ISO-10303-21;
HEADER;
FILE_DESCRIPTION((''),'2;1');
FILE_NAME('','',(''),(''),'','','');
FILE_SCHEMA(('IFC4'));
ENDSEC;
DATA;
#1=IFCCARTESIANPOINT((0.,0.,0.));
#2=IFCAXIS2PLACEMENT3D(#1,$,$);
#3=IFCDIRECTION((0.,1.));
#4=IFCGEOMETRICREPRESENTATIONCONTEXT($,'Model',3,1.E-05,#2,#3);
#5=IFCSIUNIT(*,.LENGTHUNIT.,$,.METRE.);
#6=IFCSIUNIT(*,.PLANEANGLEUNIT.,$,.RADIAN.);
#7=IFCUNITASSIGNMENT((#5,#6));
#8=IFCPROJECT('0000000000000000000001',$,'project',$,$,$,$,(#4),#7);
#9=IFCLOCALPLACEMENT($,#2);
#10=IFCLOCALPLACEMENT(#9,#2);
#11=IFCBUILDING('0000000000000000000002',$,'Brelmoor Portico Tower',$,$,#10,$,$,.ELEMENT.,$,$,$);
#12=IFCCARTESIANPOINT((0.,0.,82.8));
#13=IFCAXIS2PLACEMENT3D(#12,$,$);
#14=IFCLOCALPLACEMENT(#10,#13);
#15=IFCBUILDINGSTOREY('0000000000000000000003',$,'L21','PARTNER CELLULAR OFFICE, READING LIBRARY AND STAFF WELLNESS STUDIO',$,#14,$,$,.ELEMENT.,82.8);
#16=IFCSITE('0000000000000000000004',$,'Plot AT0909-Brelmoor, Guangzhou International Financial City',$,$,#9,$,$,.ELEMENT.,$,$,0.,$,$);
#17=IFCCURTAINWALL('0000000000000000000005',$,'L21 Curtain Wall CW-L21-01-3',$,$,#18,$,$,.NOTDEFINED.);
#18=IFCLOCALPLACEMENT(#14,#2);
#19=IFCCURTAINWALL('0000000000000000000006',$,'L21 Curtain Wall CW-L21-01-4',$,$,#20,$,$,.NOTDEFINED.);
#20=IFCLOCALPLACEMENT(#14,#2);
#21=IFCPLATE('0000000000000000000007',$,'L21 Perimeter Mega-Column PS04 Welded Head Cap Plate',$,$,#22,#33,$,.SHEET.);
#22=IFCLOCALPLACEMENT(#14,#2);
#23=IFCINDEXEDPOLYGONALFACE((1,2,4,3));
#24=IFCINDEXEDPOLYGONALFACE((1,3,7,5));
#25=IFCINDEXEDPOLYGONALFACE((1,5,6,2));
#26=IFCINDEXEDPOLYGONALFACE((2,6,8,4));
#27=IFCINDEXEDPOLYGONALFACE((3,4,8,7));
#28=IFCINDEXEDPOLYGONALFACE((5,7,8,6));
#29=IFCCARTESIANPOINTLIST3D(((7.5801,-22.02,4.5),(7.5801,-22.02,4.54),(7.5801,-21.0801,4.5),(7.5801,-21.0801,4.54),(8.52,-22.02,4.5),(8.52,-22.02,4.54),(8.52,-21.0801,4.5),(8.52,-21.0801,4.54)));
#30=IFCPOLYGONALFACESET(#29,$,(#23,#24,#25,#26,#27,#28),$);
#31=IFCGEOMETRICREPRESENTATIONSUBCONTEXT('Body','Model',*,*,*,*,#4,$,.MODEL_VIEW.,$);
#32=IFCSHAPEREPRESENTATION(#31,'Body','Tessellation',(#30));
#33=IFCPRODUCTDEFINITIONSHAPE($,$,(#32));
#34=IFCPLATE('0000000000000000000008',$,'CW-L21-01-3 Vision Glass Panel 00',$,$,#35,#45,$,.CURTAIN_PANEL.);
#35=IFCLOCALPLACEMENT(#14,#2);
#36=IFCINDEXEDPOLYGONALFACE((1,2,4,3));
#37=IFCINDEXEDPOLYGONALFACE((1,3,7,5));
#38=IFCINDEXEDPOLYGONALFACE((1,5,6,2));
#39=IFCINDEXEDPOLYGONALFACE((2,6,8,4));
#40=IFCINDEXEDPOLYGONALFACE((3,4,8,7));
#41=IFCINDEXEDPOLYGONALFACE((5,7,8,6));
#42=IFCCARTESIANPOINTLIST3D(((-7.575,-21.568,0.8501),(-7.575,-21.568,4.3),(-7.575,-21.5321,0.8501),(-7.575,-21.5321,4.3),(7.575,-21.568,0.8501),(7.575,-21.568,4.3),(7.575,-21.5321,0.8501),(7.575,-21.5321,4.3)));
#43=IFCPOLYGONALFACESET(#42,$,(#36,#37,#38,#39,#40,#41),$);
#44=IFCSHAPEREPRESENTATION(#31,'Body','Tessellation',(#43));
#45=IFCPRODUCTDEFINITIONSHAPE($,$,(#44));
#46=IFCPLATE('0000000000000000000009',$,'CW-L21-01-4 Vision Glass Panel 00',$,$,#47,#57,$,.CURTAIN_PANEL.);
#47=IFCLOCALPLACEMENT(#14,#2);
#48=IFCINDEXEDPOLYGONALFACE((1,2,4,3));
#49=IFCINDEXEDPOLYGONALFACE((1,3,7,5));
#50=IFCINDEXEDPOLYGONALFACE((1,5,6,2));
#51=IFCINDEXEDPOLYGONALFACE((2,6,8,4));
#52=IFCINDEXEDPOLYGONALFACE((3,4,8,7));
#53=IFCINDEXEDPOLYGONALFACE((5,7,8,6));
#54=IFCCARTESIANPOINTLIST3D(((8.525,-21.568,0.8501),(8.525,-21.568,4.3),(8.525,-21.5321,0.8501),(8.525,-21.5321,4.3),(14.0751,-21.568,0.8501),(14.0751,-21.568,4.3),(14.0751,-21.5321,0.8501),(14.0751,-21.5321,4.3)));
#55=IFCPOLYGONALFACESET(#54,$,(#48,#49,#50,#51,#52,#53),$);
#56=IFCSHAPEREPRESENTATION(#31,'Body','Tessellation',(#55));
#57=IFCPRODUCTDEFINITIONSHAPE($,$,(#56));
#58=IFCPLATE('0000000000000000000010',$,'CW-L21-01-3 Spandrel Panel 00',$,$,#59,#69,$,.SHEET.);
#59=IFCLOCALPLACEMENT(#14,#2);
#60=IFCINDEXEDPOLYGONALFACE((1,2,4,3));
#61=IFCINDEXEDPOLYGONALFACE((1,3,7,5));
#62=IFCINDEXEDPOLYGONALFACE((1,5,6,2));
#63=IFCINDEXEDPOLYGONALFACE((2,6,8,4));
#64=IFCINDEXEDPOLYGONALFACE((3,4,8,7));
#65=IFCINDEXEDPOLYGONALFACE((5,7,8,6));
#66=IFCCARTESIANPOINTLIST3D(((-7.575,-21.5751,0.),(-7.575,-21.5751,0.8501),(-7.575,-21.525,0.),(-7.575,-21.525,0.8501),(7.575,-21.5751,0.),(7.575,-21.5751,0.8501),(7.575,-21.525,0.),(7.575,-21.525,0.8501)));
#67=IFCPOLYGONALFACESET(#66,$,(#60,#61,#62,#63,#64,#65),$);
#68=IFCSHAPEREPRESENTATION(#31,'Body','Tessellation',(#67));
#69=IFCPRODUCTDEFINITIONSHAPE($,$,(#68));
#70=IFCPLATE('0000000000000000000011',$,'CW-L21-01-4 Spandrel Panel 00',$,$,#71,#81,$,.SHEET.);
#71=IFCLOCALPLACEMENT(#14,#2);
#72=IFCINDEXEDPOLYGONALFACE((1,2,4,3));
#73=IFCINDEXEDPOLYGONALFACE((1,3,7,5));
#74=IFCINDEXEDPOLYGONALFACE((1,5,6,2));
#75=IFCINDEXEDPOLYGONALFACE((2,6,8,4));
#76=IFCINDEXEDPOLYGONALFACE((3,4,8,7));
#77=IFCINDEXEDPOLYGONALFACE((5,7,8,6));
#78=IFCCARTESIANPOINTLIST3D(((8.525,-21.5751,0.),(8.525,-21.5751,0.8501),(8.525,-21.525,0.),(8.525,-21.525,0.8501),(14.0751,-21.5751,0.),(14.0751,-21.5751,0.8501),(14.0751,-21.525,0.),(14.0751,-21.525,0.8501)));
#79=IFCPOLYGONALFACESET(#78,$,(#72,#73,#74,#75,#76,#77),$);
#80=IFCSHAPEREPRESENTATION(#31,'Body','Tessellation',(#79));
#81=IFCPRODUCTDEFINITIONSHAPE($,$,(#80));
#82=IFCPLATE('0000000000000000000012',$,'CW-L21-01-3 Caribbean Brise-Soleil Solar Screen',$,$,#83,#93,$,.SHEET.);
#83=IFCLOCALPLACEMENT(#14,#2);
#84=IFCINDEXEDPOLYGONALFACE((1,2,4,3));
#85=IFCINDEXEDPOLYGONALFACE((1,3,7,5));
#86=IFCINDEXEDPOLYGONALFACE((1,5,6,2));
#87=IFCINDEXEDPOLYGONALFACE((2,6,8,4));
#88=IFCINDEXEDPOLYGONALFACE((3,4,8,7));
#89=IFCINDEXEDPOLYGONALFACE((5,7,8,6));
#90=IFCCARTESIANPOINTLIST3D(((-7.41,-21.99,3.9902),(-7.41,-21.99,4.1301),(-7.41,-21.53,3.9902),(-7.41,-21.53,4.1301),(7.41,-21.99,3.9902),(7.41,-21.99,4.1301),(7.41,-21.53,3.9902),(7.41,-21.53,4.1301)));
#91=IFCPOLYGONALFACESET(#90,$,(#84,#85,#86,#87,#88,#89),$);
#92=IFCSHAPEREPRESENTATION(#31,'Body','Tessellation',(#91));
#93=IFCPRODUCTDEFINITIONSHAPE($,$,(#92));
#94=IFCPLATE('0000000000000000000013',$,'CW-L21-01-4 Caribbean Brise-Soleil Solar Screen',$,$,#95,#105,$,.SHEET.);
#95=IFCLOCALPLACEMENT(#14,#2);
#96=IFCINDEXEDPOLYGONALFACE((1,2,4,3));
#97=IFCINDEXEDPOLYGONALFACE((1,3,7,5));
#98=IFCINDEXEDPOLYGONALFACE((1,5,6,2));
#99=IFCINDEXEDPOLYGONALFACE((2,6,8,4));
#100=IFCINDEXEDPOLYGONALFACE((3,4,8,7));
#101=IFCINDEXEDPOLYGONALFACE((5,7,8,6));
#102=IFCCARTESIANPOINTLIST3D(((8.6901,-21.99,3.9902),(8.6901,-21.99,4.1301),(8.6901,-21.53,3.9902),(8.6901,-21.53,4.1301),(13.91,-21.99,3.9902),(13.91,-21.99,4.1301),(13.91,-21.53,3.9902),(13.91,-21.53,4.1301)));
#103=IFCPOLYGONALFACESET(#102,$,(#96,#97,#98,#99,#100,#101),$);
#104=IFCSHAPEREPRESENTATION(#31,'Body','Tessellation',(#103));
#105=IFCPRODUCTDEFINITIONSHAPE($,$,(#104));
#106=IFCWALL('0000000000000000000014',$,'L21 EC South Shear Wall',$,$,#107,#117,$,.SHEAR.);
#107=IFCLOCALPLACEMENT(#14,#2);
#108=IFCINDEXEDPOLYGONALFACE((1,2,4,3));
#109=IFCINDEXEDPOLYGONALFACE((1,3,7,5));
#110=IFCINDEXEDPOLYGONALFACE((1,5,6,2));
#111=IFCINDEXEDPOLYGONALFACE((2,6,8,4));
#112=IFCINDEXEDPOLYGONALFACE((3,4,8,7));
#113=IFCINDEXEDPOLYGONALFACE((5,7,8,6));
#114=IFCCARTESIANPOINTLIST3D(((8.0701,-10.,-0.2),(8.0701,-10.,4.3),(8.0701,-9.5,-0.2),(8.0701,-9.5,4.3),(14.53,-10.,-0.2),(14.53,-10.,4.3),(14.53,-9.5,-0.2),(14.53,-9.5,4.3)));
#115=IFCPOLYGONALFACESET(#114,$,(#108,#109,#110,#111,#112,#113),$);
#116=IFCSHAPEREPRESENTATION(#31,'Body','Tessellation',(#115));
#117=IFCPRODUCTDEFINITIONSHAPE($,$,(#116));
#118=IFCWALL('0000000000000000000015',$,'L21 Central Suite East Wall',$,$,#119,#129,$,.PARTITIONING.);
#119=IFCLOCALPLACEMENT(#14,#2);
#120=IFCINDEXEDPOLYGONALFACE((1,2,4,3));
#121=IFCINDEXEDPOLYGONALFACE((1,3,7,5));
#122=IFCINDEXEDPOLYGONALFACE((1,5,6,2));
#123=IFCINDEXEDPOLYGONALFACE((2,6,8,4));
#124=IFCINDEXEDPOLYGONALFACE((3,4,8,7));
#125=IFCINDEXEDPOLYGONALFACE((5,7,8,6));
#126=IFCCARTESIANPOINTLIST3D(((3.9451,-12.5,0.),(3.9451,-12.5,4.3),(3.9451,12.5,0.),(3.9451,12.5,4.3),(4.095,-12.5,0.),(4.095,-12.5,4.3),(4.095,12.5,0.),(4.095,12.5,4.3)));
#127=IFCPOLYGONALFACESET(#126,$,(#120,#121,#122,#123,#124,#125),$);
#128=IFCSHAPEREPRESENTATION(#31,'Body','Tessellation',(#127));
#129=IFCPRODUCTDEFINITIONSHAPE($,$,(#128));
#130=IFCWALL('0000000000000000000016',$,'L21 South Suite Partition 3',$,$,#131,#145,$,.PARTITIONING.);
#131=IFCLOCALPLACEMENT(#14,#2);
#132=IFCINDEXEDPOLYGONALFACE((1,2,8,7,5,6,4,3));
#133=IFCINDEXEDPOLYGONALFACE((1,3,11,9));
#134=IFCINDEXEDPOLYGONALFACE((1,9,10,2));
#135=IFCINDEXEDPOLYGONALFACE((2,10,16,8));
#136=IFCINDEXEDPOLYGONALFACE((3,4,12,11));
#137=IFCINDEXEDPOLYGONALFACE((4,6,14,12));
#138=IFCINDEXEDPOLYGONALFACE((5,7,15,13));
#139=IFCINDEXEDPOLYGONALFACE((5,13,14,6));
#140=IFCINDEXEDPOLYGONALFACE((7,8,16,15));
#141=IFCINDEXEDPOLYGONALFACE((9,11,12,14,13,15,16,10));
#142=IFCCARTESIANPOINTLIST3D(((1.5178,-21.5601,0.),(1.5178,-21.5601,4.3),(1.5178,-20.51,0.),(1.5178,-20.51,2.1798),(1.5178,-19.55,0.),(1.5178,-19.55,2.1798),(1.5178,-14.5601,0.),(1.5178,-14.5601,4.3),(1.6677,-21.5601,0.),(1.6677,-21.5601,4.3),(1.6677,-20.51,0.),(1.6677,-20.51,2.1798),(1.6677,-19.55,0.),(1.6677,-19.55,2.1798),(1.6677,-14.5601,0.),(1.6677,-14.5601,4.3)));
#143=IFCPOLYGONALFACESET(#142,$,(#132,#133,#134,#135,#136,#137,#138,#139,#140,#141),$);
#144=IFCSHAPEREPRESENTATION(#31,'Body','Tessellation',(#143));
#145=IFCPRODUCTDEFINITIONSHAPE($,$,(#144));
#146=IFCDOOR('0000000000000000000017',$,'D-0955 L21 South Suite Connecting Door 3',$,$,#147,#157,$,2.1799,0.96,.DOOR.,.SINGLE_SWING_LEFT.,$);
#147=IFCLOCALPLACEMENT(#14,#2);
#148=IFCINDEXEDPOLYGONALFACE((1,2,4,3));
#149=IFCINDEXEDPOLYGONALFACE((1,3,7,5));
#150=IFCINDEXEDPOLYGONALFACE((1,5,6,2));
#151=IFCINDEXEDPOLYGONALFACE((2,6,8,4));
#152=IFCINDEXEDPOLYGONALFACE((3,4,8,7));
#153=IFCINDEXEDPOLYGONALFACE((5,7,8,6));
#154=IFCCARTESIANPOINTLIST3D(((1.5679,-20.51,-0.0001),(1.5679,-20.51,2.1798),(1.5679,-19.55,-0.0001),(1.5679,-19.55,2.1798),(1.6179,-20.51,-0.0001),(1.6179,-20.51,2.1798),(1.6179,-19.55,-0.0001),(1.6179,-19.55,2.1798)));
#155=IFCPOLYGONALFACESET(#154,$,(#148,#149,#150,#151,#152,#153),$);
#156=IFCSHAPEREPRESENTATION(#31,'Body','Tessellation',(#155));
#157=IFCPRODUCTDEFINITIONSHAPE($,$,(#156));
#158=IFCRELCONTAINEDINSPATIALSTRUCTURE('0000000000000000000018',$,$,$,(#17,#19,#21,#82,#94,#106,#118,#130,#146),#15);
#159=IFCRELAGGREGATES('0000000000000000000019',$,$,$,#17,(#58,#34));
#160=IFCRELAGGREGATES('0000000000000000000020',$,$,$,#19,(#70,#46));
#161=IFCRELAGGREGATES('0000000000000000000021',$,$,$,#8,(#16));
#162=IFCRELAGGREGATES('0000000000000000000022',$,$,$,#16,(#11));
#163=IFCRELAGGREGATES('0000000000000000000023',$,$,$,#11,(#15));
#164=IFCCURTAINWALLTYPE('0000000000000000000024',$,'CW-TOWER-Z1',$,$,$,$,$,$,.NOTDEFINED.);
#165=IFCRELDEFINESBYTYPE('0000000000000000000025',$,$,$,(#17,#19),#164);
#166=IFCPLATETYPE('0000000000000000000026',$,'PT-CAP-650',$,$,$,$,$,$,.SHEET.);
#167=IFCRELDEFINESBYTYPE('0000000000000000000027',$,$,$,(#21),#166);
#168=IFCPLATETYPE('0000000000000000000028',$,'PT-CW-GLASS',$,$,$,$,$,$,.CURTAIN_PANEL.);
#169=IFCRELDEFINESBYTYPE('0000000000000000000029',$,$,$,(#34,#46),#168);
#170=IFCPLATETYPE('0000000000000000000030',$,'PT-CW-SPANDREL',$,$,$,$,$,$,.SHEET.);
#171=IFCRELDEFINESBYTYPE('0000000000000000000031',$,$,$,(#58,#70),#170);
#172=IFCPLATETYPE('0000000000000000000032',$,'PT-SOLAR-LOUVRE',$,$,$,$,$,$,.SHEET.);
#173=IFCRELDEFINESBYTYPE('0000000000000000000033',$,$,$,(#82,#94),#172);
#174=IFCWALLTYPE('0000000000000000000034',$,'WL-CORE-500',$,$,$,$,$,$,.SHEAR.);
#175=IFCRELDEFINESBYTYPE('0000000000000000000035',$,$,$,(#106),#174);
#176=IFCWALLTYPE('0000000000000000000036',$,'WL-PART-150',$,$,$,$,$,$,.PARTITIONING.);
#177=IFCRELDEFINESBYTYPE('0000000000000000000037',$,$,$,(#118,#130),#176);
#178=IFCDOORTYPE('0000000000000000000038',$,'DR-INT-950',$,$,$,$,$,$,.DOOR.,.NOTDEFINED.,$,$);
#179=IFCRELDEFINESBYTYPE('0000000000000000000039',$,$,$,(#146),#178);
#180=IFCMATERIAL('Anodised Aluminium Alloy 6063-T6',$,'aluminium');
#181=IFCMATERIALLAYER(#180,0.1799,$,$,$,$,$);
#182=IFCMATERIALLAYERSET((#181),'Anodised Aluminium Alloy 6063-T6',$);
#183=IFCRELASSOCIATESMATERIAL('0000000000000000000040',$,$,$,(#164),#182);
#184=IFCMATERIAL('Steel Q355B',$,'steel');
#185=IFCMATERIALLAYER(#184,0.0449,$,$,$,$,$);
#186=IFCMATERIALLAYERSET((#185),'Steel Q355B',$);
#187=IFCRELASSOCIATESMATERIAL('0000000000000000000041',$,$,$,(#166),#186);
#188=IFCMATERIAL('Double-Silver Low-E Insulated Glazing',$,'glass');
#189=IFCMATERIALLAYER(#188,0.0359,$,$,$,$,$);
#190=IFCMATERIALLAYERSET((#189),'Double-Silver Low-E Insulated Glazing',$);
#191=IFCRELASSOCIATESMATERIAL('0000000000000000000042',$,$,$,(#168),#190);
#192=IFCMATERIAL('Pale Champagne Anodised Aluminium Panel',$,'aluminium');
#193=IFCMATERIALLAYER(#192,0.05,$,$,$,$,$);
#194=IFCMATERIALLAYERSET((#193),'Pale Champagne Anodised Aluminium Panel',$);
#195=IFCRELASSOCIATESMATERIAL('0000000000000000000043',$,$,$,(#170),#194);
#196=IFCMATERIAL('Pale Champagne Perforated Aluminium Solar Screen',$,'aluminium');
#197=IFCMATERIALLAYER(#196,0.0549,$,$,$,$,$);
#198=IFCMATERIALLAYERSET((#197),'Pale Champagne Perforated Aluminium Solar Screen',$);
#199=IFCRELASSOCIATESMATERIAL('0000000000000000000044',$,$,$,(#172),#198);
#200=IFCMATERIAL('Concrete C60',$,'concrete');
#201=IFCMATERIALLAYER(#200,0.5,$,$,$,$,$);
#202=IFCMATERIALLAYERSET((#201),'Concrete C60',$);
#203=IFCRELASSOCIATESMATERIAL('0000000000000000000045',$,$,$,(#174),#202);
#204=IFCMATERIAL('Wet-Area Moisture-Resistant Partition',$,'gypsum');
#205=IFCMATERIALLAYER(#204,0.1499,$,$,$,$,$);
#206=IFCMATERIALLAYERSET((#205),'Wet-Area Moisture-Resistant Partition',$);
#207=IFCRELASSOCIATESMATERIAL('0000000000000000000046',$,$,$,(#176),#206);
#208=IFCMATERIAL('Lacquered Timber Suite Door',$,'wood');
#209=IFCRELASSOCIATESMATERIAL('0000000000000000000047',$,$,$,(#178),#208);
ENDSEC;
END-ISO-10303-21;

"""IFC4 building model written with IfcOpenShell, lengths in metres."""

from ifc_helpers import new_model, si_unit, direction, frame, frame_2d, origin, origin_2d, place, context, subcontext, project, spatial, rectangle, extrude, material, layer, layer_set, type_object, element, fill, aggregate, save


model = new_model("IFC4")

# Units and contexts
model_context = context("Model", 3, precision=1e-05, world=origin(), true_north=direction((0.0, 1.0)))
body_context = subcontext(model_context, "Body", "Model", "MODEL_VIEW")
ifc_project = project(units=[si_unit("LENGTHUNIT", "METRE"), si_unit("PLANEANGLEUNIT", "RADIAN")], contexts=[model_context])

# Site, building, storey
site_placement = place(None, origin())
site = spatial("IfcSite", under=ifc_project, at=site_placement, Name="Plot AT0909-Brelmoor, Guangzhou International Financial City", CompositionType="ELEMENT", RefElevation=0.0)
building_placement = place(site_placement, origin())
building = spatial("IfcBuilding", under=site, at=building_placement, Name="Brelmoor Portico Tower", CompositionType="ELEMENT")
storey_placement = place(building_placement, frame((0.0, 0.0, 82.8)))
storey = spatial("IfcBuildingStorey", under=building, at=storey_placement, Name="L21", Description="PARTNER CELLULAR OFFICE, READING LIBRARY AND STAFF WELLNESS STUDIO", CompositionType="ELEMENT", Elevation=82.8)

# Shared definitions
ifc_material_1 = material(Name="Steel Q355B", Category="steel")

# Curtain wall
ifc_material_2 = material(Name="Anodised Aluminium Alloy 6063-T6", Category="aluminium")
ifc_layer_1 = layer(ifc_material_2, 0.1799)
ifc_layer_set_1 = layer_set([ifc_layer_1], Name="Anodised Aluminium Alloy 6063-T6")
curtain_wall_type = type_object("IfcCurtainWallType", Name="CW-TOWER-Z1", PredefinedType="NOTDEFINED", material=ifc_layer_set_1)
curtain_wall_1_placement = place(storey_placement, origin())
curtain_wall_1 = element("IfcCurtainWall", 1, at=curtain_wall_1_placement, inside=storey, type_object=curtain_wall_type, Name="L21 Curtain Wall CW-L21-01-3", PredefinedType="NOTDEFINED")

# Curtain wall
curtain_wall_2_placement = place(storey_placement, origin())
curtain_wall_2 = element("IfcCurtainWall", 2, at=curtain_wall_2_placement, inside=storey, type_object=curtain_wall_type, Name="L21 Curtain Wall CW-L21-01-4", PredefinedType="NOTDEFINED")

# Plates
ifc_layer_2 = layer(ifc_material_1, 0.0449)
ifc_layer_set_2 = layer_set([ifc_layer_2], Name="Steel Q355B")
plate_type_1 = type_object("IfcPlateType", Name="PT-CAP-650", PredefinedType="SHEET", material=ifc_layer_set_2)
plate_1_placement = place(storey_placement, frame((8.05, -21.55, 4.5), z_axis=(0.0, 0.0, 1.0), x_axis=(1.0, 0.0, 0.0)))
element("IfcPlate", 3, at=plate_1_placement, inside=storey, type_object=plate_type_1, Name="L21 Perimeter Mega-Column PS04 Welded Head Cap Plate", PredefinedType="SHEET", context=body_context, shape_type="SweptSolid", body=[
    extrude(rectangle(XDim=0.9399, YDim=0.9399, at=origin_2d()), origin(), (0.0, 0.0, 1.0), 0.04),
])
ifc_material_3 = material(Name="Double-Silver Low-E Insulated Glazing", Category="glass")
ifc_layer_3 = layer(ifc_material_3, 0.0359)
ifc_layer_set_3 = layer_set([ifc_layer_3], Name="Double-Silver Low-E Insulated Glazing")
plate_type_2 = type_object("IfcPlateType", Name="PT-CW-GLASS", PredefinedType="CURTAIN_PANEL", material=ifc_layer_set_3)
plate_2_placement = place(storey_placement, frame((0.0, -21.55, 0.8501), z_axis=(0.0, 0.0, 1.0), x_axis=(1.0, 0.0, 0.0)))
plate_2 = element("IfcPlate", 4, at=plate_2_placement, type_object=plate_type_2, Name="CW-L21-01-3 Vision Glass Panel 00", PredefinedType="CURTAIN_PANEL", context=body_context, shape_type="SweptSolid", body=[
    extrude(rectangle(XDim=15.1499, YDim=0.0359, at=origin_2d()), origin(), (0.0, 0.0, 1.0), 3.45),
])
plate_3_placement = place(storey_placement, frame((11.3, -21.55, 0.8501), z_axis=(0.0, 0.0, 1.0), x_axis=(1.0, 0.0, 0.0)))
plate_3 = element("IfcPlate", 5, at=plate_3_placement, type_object=plate_type_2, Name="CW-L21-01-4 Vision Glass Panel 00", PredefinedType="CURTAIN_PANEL", context=body_context, shape_type="SweptSolid", body=[
    extrude(rectangle(XDim=5.55, YDim=0.0359, at=origin_2d()), origin(), (0.0, 0.0, 1.0), 3.45),
])
ifc_material_4 = material(Name="Pale Champagne Anodised Aluminium Panel", Category="aluminium")
ifc_layer_4 = layer(ifc_material_4, 0.05)
ifc_layer_set_4 = layer_set([ifc_layer_4], Name="Pale Champagne Anodised Aluminium Panel")
plate_type_3 = type_object("IfcPlateType", Name="PT-CW-SPANDREL", PredefinedType="SHEET", material=ifc_layer_set_4)
plate_4_placement = place(storey_placement, frame((0.0, -21.55, 0.0), z_axis=(0.0, 0.0, 1.0), x_axis=(1.0, 0.0, 0.0)))
plate_4 = element("IfcPlate", 6, at=plate_4_placement, type_object=plate_type_3, Name="CW-L21-01-3 Spandrel Panel 00", PredefinedType="SHEET", context=body_context, shape_type="SweptSolid", body=[
    extrude(rectangle(XDim=15.1499, YDim=0.05, at=origin_2d()), origin(), (0.0, 0.0, 1.0), 0.8501),
])
aggregate(curtain_wall_1, [plate_4, plate_2])
plate_5_placement = place(storey_placement, frame((11.3, -21.55, 0.0), z_axis=(0.0, 0.0, 1.0), x_axis=(1.0, 0.0, 0.0)))
plate_5 = element("IfcPlate", 7, at=plate_5_placement, type_object=plate_type_3, Name="CW-L21-01-4 Spandrel Panel 00", PredefinedType="SHEET", context=body_context, shape_type="SweptSolid", body=[
    extrude(rectangle(XDim=5.55, YDim=0.05, at=origin_2d()), origin(), (0.0, 0.0, 1.0), 0.8501),
])
aggregate(curtain_wall_2, [plate_5, plate_3])

# Plates
ifc_material_5 = material(Name="Pale Champagne Perforated Aluminium Solar Screen", Category="aluminium")
ifc_layer_5 = layer(ifc_material_5, 0.0549)
ifc_layer_set_5 = layer_set([ifc_layer_5], Name="Pale Champagne Perforated Aluminium Solar Screen")
plate_type_4 = type_object("IfcPlateType", Name="PT-SOLAR-LOUVRE", PredefinedType="SHEET", material=ifc_layer_set_5)
plate_6_placement = place(storey_placement, frame((0.0, -21.76, 3.9902), z_axis=(0.0, 0.0, 1.0), x_axis=(1.0, 0.0, 0.0)))
element("IfcPlate", 8, at=plate_6_placement, inside=storey, type_object=plate_type_4, Name="CW-L21-01-3 Caribbean Brise-Soleil Solar Screen", PredefinedType="SHEET", context=body_context, shape_type="SweptSolid", body=[
    extrude(rectangle(XDim=14.8201, YDim=0.46, at=origin_2d()), origin(), (0.0, 0.0, 1.0), 0.1399),
])
plate_7_placement = place(storey_placement, frame((11.3, -21.76, 3.9902), z_axis=(0.0, 0.0, 1.0), x_axis=(1.0, 0.0, 0.0)))
element("IfcPlate", 9, at=plate_7_placement, inside=storey, type_object=plate_type_4, Name="CW-L21-01-4 Caribbean Brise-Soleil Solar Screen", PredefinedType="SHEET", context=body_context, shape_type="SweptSolid", body=[
    extrude(rectangle(XDim=5.22, YDim=0.46, at=origin_2d()), origin(), (0.0, 0.0, 1.0), 0.1399),
])

# Walls
ifc_material_6 = material(Name="Concrete C60", Category="concrete")
ifc_layer_6 = layer(ifc_material_6, 0.5)
ifc_layer_set_6 = layer_set([ifc_layer_6], Name="Concrete C60")
wall_type_1 = type_object("IfcWallType", Name="WL-CORE-500", PredefinedType="SHEAR", material=ifc_layer_set_6)
wall_1_placement = place(storey_placement, frame((8.0701, -9.75, -0.2), z_axis=(0.0, 0.0, 1.0), x_axis=(1.0, 0.0, 0.0)))
element("IfcWall", 10, at=wall_1_placement, inside=storey, type_object=wall_type_1, Name="L21 EC South Shear Wall", PredefinedType="SHEAR", context=body_context, shape_type="SweptSolid", body=[
    extrude(rectangle(XDim=6.46, YDim=0.5, at=frame_2d((3.23, 0.0))), origin(), (0.0, 0.0, 1.0), 4.5),
])
ifc_material_7 = material(Name="Wet-Area Moisture-Resistant Partition", Category="gypsum")
ifc_layer_7 = layer(ifc_material_7, 0.1499)
ifc_layer_set_7 = layer_set([ifc_layer_7], Name="Wet-Area Moisture-Resistant Partition")
wall_type_2 = type_object("IfcWallType", Name="WL-PART-150", PredefinedType="PARTITIONING", material=ifc_layer_set_7)
wall_2_placement = place(storey_placement, frame((4.02, -12.5, 0.0), z_axis=(0.0, 0.0, 1.0), x_axis=(0.0, 1.0, 0.0)))
element("IfcWall", 11, at=wall_2_placement, inside=storey, type_object=wall_type_2, Name="L21 Central Suite East Wall", PredefinedType="PARTITIONING", context=body_context, shape_type="SweptSolid", body=[
    extrude(rectangle(XDim=25.0, YDim=0.1499, at=frame_2d((12.5, 0.0))), origin(), (0.0, 0.0, 1.0), 4.3),
])

# Wall, opening, door
wall_3_placement = place(storey_placement, frame((1.5928, -21.5601, 0.0), z_axis=(0.0, 0.0, 1.0), x_axis=(0.0, 1.0, 0.0)))
wall_3 = element("IfcWall", 12, at=wall_3_placement, inside=storey, type_object=wall_type_2, Name="L21 South Suite Partition 3", PredefinedType="PARTITIONING", context=body_context, shape_type="SweptSolid", body=[
    extrude(rectangle(XDim=7.0, YDim=0.1499, at=frame_2d((3.5, 0.0))), origin(), (0.0, 0.0, 1.0), 4.3),
])
opening_1_placement = place(wall_3_placement, frame((1.05, 0.0, 0.0)))
opening_1 = element("IfcOpeningElement", 13, at=opening_1_placement, cuts=wall_3, PredefinedType="OPENING", context=body_context, shape_type="SweptSolid", body=[
    extrude(rectangle(XDim=0.96, YDim=2.1799, at=frame_2d((0.48, 1.0898))), frame((0.0, 0.085, 0.0), z_axis=(0.0, -1.0, 0.0), x_axis=(1.0, 0.0, 0.0)), (0.0, 0.0, 1.0), 0.1699),
])
ifc_material_8 = material(Name="Lacquered Timber Suite Door", Category="wood")
door_type_1 = type_object("IfcDoorType", Name="DR-INT-950", OperationType="NOTDEFINED", PredefinedType="DOOR", material=ifc_material_8)
door_1_placement = place(opening_1_placement, origin())
door_1 = element("IfcDoor", 14, at=door_1_placement, inside=storey, type_object=door_type_1, Name="D-0955 L21 South Suite Connecting Door 3", OperationType="SINGLE_SWING_LEFT", OverallHeight=2.1799, OverallWidth=0.96, PredefinedType="DOOR", context=body_context, shape_type="SweptSolid", body=[
    extrude(rectangle(XDim=0.96, YDim=2.1799, at=frame_2d((0.48, 1.0898))), frame((0.0, 0.0249, 0.0), z_axis=(0.0, -1.0, 0.0), x_axis=(1.0, 0.0, 0.0)), (0.0, 0.0, 1.0), 0.05),
])
fill(opening_1, door_1)

save(model, "model.ifc")
